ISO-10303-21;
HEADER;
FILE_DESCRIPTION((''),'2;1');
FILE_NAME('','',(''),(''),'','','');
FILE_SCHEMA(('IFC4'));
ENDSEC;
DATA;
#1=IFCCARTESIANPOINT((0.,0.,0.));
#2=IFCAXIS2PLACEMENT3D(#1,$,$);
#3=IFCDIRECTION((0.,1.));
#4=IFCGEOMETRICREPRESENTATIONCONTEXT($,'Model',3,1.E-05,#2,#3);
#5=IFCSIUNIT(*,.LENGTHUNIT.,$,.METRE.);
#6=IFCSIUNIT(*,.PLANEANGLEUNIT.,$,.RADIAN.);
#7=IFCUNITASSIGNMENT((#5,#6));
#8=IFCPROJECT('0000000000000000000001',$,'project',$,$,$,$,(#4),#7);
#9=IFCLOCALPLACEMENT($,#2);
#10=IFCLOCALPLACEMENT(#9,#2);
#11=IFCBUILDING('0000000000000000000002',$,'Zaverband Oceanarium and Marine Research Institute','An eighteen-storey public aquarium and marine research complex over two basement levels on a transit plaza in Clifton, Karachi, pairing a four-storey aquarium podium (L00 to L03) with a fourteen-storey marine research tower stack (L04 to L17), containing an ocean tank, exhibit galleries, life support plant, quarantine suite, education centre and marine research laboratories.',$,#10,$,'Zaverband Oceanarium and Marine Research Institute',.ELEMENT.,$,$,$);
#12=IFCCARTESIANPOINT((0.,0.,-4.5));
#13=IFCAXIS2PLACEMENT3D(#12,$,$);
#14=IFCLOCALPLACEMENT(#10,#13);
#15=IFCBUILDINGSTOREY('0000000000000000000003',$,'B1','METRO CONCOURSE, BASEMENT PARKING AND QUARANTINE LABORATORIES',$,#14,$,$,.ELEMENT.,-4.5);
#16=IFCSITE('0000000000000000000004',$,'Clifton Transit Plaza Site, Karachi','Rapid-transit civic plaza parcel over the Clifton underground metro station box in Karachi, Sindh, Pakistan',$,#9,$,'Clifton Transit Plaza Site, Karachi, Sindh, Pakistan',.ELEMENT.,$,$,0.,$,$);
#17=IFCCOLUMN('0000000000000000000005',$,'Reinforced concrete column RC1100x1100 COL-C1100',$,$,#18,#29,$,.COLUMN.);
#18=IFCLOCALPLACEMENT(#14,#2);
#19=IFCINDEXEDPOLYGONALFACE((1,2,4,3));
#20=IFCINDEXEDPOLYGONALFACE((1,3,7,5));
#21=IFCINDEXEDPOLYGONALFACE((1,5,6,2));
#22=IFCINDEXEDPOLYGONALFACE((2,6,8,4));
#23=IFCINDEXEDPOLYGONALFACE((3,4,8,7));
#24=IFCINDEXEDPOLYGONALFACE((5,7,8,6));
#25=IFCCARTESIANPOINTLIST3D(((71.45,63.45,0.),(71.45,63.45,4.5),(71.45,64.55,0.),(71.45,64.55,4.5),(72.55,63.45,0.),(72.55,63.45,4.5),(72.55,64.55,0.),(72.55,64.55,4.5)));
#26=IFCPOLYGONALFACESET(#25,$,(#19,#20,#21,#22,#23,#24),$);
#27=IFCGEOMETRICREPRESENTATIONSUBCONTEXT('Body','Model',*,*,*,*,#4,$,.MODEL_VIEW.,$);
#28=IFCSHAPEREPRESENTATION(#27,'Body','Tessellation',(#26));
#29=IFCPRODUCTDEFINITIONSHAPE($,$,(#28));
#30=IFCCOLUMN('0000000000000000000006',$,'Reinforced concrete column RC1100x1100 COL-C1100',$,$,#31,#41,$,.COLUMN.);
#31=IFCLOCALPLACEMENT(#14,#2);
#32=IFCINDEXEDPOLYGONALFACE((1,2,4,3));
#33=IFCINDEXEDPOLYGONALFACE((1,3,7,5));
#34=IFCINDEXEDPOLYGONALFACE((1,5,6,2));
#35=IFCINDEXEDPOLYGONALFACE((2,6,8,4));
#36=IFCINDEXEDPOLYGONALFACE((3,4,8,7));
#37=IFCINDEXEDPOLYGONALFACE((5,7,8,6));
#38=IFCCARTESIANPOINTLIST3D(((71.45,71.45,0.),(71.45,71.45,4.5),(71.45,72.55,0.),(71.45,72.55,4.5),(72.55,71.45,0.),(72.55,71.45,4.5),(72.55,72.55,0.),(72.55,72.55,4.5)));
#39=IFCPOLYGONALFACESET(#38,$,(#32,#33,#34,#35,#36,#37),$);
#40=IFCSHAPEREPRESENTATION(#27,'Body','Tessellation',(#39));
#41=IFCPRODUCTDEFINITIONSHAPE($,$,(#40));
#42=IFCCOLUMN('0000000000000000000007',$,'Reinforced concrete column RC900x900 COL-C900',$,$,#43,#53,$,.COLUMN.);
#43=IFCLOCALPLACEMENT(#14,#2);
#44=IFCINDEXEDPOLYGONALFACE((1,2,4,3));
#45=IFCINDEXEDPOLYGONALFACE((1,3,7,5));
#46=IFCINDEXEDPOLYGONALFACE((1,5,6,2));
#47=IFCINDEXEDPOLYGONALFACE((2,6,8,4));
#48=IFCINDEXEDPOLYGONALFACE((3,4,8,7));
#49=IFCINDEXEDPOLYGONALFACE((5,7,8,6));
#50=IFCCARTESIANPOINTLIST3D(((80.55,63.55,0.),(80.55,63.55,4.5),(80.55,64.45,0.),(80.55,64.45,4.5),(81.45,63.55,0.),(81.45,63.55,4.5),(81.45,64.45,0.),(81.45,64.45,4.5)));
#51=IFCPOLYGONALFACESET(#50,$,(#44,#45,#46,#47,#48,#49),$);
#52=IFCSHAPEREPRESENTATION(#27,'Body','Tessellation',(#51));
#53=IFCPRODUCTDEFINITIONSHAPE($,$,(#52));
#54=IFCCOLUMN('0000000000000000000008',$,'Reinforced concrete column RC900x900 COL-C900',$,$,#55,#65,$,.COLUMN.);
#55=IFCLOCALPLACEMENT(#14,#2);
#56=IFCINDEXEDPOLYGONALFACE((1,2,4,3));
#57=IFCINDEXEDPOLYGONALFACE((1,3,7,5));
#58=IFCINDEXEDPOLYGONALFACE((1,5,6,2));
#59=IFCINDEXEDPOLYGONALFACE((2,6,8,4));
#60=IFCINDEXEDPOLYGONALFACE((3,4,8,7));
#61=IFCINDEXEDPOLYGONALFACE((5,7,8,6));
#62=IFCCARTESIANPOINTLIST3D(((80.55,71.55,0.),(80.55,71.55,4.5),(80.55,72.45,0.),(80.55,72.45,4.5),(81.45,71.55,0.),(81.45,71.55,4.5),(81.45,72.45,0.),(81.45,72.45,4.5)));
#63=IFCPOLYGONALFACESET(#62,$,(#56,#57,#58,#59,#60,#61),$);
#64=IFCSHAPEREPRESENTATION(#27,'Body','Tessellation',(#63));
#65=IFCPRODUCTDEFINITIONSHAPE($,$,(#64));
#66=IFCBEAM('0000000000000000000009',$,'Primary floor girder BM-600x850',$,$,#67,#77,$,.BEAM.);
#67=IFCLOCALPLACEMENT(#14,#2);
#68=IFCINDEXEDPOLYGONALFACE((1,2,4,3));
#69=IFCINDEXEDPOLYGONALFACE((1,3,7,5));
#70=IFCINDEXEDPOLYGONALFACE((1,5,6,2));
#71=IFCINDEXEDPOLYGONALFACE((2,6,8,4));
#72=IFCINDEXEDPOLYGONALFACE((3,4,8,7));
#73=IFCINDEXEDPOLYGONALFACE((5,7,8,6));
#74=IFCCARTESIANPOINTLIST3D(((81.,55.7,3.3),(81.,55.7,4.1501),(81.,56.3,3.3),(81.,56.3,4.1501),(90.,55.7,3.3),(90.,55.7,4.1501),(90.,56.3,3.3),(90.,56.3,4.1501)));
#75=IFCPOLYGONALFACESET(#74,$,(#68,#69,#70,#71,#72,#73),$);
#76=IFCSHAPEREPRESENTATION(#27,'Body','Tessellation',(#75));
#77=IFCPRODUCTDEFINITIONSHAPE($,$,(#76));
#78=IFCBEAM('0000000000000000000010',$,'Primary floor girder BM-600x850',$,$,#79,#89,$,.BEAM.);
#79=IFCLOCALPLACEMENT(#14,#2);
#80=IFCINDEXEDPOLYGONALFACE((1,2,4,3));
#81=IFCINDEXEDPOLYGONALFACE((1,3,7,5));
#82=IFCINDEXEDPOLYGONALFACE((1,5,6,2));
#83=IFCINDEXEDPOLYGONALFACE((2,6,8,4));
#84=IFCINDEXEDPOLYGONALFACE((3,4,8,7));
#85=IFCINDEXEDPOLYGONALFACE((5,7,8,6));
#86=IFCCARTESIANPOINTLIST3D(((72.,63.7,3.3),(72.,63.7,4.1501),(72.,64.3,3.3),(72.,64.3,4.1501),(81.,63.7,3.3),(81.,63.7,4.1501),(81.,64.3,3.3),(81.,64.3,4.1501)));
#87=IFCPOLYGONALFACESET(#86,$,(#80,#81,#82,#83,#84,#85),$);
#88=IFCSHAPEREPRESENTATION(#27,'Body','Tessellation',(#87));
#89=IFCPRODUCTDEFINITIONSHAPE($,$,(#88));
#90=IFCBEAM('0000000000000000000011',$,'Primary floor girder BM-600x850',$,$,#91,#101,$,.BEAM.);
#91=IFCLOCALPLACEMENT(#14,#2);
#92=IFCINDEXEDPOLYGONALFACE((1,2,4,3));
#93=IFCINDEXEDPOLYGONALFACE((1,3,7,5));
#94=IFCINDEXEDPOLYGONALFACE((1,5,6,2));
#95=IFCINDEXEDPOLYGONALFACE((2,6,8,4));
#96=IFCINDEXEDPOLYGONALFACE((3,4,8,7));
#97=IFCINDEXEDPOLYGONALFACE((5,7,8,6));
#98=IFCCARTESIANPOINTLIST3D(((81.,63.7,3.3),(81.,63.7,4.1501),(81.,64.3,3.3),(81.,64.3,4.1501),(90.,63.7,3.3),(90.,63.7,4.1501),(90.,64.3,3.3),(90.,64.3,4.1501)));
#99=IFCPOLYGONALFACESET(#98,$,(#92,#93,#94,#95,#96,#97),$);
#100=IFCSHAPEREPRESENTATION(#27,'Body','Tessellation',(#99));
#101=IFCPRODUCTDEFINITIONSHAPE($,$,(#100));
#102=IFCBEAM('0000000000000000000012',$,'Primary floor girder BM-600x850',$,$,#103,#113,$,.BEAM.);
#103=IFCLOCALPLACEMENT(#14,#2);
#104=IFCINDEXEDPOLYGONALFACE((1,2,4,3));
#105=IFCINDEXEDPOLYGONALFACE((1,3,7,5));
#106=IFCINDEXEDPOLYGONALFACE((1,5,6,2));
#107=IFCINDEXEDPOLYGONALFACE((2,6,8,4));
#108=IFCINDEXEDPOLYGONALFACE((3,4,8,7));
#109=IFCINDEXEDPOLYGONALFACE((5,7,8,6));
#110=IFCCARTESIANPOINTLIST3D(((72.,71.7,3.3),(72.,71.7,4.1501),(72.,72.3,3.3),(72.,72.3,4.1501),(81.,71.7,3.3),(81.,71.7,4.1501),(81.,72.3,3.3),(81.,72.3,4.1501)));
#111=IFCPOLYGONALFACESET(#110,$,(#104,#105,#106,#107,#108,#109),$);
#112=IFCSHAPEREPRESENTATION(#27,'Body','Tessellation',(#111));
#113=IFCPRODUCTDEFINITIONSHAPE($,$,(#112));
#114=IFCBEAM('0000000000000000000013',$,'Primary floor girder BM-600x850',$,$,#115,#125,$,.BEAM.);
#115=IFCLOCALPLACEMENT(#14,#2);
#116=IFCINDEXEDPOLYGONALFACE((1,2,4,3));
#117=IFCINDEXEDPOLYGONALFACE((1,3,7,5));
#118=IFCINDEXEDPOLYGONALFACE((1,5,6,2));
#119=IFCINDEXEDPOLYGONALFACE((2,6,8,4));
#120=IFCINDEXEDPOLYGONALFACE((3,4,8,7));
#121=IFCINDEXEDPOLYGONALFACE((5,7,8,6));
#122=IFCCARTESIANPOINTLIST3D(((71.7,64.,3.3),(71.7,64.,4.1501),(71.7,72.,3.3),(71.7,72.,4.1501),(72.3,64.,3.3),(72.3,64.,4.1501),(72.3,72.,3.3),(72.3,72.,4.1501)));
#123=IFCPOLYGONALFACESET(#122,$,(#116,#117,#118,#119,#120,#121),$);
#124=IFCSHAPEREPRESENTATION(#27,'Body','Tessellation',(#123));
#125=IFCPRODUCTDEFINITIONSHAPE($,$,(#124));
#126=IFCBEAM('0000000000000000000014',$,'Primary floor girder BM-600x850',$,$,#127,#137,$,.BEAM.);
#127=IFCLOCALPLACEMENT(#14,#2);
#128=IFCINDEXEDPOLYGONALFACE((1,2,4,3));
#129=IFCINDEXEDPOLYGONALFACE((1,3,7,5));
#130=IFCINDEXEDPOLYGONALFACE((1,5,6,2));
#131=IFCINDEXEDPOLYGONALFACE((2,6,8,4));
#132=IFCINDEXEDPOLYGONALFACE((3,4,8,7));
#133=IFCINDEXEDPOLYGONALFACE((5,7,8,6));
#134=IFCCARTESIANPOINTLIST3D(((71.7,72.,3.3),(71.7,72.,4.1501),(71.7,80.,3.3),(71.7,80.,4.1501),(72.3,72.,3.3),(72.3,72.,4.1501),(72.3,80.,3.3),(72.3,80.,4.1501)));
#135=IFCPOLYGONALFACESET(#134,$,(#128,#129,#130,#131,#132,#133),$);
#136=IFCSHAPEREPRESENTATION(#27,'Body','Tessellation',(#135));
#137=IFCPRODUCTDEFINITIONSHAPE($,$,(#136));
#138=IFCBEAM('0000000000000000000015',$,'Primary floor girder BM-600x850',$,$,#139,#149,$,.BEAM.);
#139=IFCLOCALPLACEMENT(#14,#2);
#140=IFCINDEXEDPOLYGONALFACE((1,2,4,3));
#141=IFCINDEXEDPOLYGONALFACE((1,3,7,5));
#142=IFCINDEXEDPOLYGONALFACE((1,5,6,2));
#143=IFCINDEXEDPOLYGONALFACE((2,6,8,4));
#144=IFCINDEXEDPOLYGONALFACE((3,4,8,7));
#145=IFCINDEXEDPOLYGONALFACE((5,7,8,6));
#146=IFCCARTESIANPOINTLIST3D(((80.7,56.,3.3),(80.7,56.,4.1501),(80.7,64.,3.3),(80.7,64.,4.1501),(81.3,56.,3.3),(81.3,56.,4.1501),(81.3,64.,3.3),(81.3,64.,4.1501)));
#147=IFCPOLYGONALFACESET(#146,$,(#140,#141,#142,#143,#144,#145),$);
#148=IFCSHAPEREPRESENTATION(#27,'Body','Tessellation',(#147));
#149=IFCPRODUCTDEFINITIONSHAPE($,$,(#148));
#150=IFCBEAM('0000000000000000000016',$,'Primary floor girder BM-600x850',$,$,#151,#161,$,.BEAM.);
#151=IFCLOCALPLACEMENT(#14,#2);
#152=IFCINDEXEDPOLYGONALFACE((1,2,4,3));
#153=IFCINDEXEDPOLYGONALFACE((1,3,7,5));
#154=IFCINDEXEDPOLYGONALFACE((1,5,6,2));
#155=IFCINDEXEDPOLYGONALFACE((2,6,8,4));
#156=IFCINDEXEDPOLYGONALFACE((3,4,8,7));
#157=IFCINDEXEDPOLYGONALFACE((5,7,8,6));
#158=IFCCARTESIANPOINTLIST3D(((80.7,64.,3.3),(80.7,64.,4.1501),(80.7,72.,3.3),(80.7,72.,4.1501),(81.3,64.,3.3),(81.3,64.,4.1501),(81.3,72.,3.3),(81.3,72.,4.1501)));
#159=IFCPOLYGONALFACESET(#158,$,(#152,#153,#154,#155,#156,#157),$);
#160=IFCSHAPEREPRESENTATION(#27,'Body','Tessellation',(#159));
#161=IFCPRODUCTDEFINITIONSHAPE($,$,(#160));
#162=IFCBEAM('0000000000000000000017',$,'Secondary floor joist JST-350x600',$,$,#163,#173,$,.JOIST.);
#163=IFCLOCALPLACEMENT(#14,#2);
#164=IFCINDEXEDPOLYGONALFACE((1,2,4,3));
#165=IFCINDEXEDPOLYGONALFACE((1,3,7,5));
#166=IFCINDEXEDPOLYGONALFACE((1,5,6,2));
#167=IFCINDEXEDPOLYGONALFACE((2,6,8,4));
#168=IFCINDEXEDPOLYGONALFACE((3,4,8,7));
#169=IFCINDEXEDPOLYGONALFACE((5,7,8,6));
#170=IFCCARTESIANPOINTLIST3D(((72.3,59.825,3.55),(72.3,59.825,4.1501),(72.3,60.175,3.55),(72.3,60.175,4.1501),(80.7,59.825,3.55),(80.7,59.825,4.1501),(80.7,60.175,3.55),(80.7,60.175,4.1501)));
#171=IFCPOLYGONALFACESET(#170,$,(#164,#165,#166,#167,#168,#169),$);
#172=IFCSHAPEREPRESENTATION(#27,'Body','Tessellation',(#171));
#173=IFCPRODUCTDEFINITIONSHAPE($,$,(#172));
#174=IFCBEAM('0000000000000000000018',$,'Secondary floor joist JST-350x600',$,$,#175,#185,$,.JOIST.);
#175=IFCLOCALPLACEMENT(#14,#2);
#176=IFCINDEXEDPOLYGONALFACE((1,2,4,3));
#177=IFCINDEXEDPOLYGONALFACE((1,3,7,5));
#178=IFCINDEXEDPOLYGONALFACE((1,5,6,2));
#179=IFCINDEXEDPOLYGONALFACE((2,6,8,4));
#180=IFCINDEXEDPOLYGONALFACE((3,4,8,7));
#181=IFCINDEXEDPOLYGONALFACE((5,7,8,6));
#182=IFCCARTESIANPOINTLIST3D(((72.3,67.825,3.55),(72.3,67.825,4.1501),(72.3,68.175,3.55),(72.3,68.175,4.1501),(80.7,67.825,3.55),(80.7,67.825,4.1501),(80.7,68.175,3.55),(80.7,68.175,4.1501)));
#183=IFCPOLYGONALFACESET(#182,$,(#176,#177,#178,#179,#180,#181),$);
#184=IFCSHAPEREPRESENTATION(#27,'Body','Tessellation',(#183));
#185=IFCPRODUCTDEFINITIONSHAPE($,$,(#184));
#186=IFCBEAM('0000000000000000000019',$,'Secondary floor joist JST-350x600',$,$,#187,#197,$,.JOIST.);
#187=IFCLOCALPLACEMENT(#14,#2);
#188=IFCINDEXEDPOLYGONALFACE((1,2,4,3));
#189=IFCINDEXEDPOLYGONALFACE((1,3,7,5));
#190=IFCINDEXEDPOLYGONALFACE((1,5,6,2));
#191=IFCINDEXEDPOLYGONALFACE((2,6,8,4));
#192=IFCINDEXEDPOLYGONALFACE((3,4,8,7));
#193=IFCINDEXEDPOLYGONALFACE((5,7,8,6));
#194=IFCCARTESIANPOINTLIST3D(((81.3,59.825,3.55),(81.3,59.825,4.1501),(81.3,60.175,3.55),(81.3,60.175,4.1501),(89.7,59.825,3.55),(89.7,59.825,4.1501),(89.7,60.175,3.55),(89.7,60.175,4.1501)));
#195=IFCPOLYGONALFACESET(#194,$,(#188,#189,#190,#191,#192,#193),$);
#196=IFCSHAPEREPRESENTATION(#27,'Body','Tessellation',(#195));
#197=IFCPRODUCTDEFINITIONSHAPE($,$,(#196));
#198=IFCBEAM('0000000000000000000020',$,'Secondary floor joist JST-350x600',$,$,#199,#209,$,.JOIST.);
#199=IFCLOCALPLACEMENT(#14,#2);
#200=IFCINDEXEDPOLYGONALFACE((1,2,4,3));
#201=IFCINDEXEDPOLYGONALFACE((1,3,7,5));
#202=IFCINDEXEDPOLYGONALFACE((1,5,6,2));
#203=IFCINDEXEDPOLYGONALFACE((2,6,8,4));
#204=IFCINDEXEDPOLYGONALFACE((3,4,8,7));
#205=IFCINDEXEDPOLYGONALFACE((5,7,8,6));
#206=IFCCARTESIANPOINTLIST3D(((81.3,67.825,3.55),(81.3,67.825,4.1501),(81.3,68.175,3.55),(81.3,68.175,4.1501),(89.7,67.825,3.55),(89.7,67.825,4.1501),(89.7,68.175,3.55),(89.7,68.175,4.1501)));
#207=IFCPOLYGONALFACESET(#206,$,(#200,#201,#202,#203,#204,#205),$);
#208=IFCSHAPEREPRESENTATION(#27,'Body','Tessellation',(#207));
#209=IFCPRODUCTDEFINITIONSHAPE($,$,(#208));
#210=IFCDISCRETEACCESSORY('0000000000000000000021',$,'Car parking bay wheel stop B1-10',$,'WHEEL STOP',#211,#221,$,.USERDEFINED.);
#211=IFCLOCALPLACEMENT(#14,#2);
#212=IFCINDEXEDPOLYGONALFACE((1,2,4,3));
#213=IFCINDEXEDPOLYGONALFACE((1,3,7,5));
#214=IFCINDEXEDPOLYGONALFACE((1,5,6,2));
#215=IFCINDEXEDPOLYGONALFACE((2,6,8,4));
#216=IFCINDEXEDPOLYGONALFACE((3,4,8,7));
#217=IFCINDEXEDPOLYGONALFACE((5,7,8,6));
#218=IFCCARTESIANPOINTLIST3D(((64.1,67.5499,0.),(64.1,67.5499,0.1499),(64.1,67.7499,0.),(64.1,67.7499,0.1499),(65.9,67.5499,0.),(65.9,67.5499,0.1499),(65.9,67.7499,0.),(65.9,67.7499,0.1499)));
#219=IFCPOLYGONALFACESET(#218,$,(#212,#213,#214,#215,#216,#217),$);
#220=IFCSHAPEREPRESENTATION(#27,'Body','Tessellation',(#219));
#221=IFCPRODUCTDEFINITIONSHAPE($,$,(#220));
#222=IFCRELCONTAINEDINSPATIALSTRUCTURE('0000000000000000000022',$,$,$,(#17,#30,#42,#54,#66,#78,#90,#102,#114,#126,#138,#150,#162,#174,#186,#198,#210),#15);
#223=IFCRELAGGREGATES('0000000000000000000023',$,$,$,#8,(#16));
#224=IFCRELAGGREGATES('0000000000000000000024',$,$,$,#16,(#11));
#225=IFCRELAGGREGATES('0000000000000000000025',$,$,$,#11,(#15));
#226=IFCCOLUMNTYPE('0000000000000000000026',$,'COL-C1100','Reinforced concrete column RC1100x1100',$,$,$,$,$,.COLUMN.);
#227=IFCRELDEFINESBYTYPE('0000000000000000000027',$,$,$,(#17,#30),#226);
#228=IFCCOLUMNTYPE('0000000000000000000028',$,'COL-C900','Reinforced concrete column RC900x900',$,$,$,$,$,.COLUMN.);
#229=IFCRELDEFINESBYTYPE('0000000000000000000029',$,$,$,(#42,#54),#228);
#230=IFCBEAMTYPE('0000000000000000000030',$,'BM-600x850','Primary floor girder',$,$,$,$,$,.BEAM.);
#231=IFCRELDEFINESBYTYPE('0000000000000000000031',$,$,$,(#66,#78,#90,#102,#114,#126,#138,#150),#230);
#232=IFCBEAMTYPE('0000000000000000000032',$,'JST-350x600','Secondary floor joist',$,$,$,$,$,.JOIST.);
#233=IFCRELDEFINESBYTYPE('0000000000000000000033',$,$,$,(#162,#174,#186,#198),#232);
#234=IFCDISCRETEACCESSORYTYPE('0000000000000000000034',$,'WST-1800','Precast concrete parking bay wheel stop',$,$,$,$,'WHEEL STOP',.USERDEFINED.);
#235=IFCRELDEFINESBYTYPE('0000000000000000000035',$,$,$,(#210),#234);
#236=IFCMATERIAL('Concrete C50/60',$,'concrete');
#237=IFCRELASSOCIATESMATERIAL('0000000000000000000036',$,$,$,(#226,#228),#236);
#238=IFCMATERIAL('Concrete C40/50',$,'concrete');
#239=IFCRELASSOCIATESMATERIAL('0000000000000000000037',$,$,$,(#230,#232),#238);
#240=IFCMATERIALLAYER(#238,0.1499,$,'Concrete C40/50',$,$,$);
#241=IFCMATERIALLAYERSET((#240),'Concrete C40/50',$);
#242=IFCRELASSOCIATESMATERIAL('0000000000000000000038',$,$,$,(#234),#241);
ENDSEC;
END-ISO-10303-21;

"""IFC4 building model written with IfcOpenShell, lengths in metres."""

from ifc_helpers import new_model, si_unit, direction, frame, origin, origin_2d, place, context, subcontext, project, spatial, rectangle, extrude, material, layer, layer_set, material_profile, profile_set, type_object, element, save


model = new_model("IFC4")

# Units and contexts
model_context = context("Model", 3, precision=1e-05, world=origin(), true_north=direction((0.0, 1.0)))
body_context = subcontext(model_context, "Body", "Model", "MODEL_VIEW")
ifc_project = project(units=[si_unit("LENGTHUNIT", "METRE"), si_unit("PLANEANGLEUNIT", "RADIAN")], contexts=[model_context])

# Site, building, storey
site_placement = place(None, origin())
site = spatial("IfcSite", under=ifc_project, at=site_placement, Name="Clifton Transit Plaza Site, Karachi", Description="Rapid-transit civic plaza parcel over the Clifton underground metro station box in Karachi, Sindh, Pakistan", LongName="Clifton Transit Plaza Site, Karachi, Sindh, Pakistan", CompositionType="ELEMENT", RefElevation=0.0)
building_placement = place(site_placement, origin())
building = spatial("IfcBuilding", under=site, at=building_placement, Name="Zaverband Oceanarium and Marine Research Institute", Description="An eighteen-storey public aquarium and marine research complex over two basement levels on a transit plaza in Clifton, Karachi, pairing a four-storey aquarium podium (L00 to L03) with a fourteen-storey marine research tower stack (L04 to L17), containing an ocean tank, exhibit galleries, life support plant, quarantine suite, education centre and marine research laboratories.", LongName="Zaverband Oceanarium and Marine Research Institute", CompositionType="ELEMENT")
storey_placement = place(building_placement, frame((0.0, 0.0, -4.5)))
storey = spatial("IfcBuildingStorey", under=building, at=storey_placement, Name="B1", Description="METRO CONCOURSE, BASEMENT PARKING AND QUARANTINE LABORATORIES", CompositionType="ELEMENT", Elevation=-4.5)

# Columns
ifc_material_1 = material(Name="Concrete C50/60", Category="concrete")
ifc_material_profile_1 = material_profile(ifc_material_1, rectangle(XDim=1.1001, YDim=1.1001, at=origin_2d()), Name="RC1100x1100")
ifc_profile_set_1 = profile_set([ifc_material_profile_1], Name="Concrete C50/60")
column_type_1 = type_object("IfcColumnType", Name="COL-C1100", Description="Reinforced concrete column RC1100x1100", PredefinedType="COLUMN", material=ifc_profile_set_1)
for number, where, z_axis, x_axis, name in (
    (1, (72.0, 64.0, 0.0), (0.0, 0.0, 1.0), (1.0, 0.0, 0.0), "Reinforced concrete column RC1100x1100 COL-C1100"),
    (2, (72.0, 72.0, 0.0), (0.0, 0.0, 1.0), (1.0, 0.0, 0.0), "Reinforced concrete column RC1100x1100 COL-C1100"),
):
    element("IfcColumn", number, at=place(storey_placement, frame(where, z_axis=z_axis, x_axis=x_axis)), inside=storey, type_object=column_type_1, Name=name, PredefinedType="COLUMN", context=body_context, shape_type="SweptSolid", body=[
        extrude(rectangle(XDim=1.1001, YDim=1.1001, at=origin_2d()), origin(), (0.0, 0.0, 1.0), 4.5),
    ])
ifc_material_profile_2 = material_profile(ifc_material_1, rectangle(XDim=0.8999, YDim=0.8999, at=origin_2d()), Name="RC900x900")
ifc_profile_set_2 = profile_set([ifc_material_profile_2], Name="Concrete C50/60")
column_type_2 = type_object("IfcColumnType", Name="COL-C900", Description="Reinforced concrete column RC900x900", PredefinedType="COLUMN", material=ifc_profile_set_2)
for number, where, z_axis, x_axis, name in (
    (3, (81.0, 64.0, 0.0), (0.0, 0.0, 1.0), (1.0, 0.0, 0.0), "Reinforced concrete column RC900x900 COL-C900"),
    (4, (81.0, 72.0, 0.0), (0.0, 0.0, 1.0), (1.0, 0.0, 0.0), "Reinforced concrete column RC900x900 COL-C900"),
):
    element("IfcColumn", number, at=place(storey_placement, frame(where, z_axis=z_axis, x_axis=x_axis)), inside=storey, type_object=column_type_2, Name=name, PredefinedType="COLUMN", context=body_context, shape_type="SweptSolid", body=[
        extrude(rectangle(XDim=0.8999, YDim=0.8999, at=origin_2d()), origin(), (0.0, 0.0, 1.0), 4.5),
    ])

# Beams
ifc_material_2 = material(Name="Concrete C40/50", Category="concrete")
ifc_material_profile_3 = material_profile(ifc_material_2, rectangle(XDim=0.6001, YDim=0.8501, at=origin_2d()), Name="RC600x850")
ifc_profile_set_3 = profile_set([ifc_material_profile_3], Name="Concrete C40/50")
beam_type_1 = type_object("IfcBeamType", Name="BM-600x850", Description="Primary floor girder", PredefinedType="BEAM", material=ifc_profile_set_3)
for number, where, z_axis, x_axis, name in (
    (5, (81.0, 56.0, 3.7251), (1.0, 0.0, 0.0), (0.0, 1.0, 0.0), "Primary floor girder BM-600x850"),
    (6, (72.0, 64.0, 3.7251), (1.0, 0.0, 0.0), (0.0, 1.0, 0.0), "Primary floor girder BM-600x850"),
    (7, (81.0, 64.0, 3.7251), (1.0, 0.0, 0.0), (0.0, 1.0, 0.0), "Primary floor girder BM-600x850"),
    (8, (72.0, 72.0, 3.7251), (1.0, 0.0, 0.0), (0.0, 1.0, 0.0), "Primary floor girder BM-600x850"),
):
    element("IfcBeam", number, at=place(storey_placement, frame(where, z_axis=z_axis, x_axis=x_axis)), inside=storey, type_object=beam_type_1, Name=name, PredefinedType="BEAM", context=body_context, shape_type="SweptSolid", body=[
        extrude(rectangle(XDim=0.6001, YDim=0.8501, at=origin_2d()), origin(), (0.0, 0.0, 1.0), 9.0),
    ])
for number, where, z_axis, x_axis, name in (
    (9, (72.0, 64.0, 3.7251), (0.0, 1.0, 0.0), (-1.0, 0.0, 0.0), "Primary floor girder BM-600x850"),
    (10, (72.0, 72.0, 3.7251), (0.0, 1.0, 0.0), (-1.0, 0.0, 0.0), "Primary floor girder BM-600x850"),
    (11, (81.0, 56.0, 3.7251), (0.0, 1.0, 0.0), (-1.0, 0.0, 0.0), "Primary floor girder BM-600x850"),
    (12, (81.0, 64.0, 3.7251), (0.0, 1.0, 0.0), (-1.0, 0.0, 0.0), "Primary floor girder BM-600x850"),
):
    element("IfcBeam", number, at=place(storey_placement, frame(where, z_axis=z_axis, x_axis=x_axis)), inside=storey, type_object=beam_type_1, Name=name, PredefinedType="BEAM", context=body_context, shape_type="SweptSolid", body=[
        extrude(rectangle(XDim=0.6001, YDim=0.8501, at=origin_2d()), origin(), (0.0, 0.0, 1.0), 8.0),
    ])
ifc_material_profile_4 = material_profile(ifc_material_2, rectangle(XDim=0.3501, YDim=0.6001, at=origin_2d()), Name="RC350x600")
ifc_profile_set_4 = profile_set([ifc_material_profile_4], Name="Concrete C40/50")
beam_type_2 = type_object("IfcBeamType", Name="JST-350x600", Description="Secondary floor joist", PredefinedType="JOIST", material=ifc_profile_set_4)
for number, where, z_axis, x_axis, name in (
    (13, (72.3, 60.0, 3.8501), (1.0, 0.0, 0.0), (0.0, 1.0, 0.0), "Secondary floor joist JST-350x600"),
    (14, (72.3, 68.0, 3.8501), (1.0, 0.0, 0.0), (0.0, 1.0, 0.0), "Secondary floor joist JST-350x600"),
    (15, (81.3, 60.0, 3.8501), (1.0, 0.0, 0.0), (0.0, 1.0, 0.0), "Secondary floor joist JST-350x600"),
    (16, (81.3, 68.0, 3.8501), (1.0, 0.0, 0.0), (0.0, 1.0, 0.0), "Secondary floor joist JST-350x600"),
):
    element("IfcBeam", number, at=place(storey_placement, frame(where, z_axis=z_axis, x_axis=x_axis)), inside=storey, type_object=beam_type_2, Name=name, PredefinedType="JOIST", context=body_context, shape_type="SweptSolid", body=[
        extrude(rectangle(XDim=0.3501, YDim=0.6001, at=origin_2d()), origin(), (0.0, 0.0, 1.0), 8.3999),
    ])

# Discrete accessory
ifc_layer = layer(ifc_material_2, 0.1499, Name="Concrete C40/50")
ifc_layer_set = layer_set([ifc_layer], Name="Concrete C40/50")
discrete_accessory_type = type_object("IfcDiscreteAccessoryType", Name="WST-1800", Description="Precast concrete parking bay wheel stop", ElementType="WHEEL STOP", PredefinedType="USERDEFINED", material=ifc_layer_set)
for number, where, z_axis, x_axis, name in (
    (17, (65.0, 67.6499, 0.0), (0.0, 0.0, 1.0), (1.0, 0.0, 0.0), "Car parking bay wheel stop B1-10"),
):
    element("IfcDiscreteAccessory", number, at=place(storey_placement, frame(where, z_axis=z_axis, x_axis=x_axis)), inside=storey, type_object=discrete_accessory_type, Name=name, ObjectType="WHEEL STOP", PredefinedType="USERDEFINED", context=body_context, shape_type="SweptSolid", body=[
        extrude(rectangle(XDim=1.8, YDim=0.2, at=origin_2d()), origin(), (0.0, 0.0, 1.0), 0.1499),
    ])

save(model, "model.ifc")
